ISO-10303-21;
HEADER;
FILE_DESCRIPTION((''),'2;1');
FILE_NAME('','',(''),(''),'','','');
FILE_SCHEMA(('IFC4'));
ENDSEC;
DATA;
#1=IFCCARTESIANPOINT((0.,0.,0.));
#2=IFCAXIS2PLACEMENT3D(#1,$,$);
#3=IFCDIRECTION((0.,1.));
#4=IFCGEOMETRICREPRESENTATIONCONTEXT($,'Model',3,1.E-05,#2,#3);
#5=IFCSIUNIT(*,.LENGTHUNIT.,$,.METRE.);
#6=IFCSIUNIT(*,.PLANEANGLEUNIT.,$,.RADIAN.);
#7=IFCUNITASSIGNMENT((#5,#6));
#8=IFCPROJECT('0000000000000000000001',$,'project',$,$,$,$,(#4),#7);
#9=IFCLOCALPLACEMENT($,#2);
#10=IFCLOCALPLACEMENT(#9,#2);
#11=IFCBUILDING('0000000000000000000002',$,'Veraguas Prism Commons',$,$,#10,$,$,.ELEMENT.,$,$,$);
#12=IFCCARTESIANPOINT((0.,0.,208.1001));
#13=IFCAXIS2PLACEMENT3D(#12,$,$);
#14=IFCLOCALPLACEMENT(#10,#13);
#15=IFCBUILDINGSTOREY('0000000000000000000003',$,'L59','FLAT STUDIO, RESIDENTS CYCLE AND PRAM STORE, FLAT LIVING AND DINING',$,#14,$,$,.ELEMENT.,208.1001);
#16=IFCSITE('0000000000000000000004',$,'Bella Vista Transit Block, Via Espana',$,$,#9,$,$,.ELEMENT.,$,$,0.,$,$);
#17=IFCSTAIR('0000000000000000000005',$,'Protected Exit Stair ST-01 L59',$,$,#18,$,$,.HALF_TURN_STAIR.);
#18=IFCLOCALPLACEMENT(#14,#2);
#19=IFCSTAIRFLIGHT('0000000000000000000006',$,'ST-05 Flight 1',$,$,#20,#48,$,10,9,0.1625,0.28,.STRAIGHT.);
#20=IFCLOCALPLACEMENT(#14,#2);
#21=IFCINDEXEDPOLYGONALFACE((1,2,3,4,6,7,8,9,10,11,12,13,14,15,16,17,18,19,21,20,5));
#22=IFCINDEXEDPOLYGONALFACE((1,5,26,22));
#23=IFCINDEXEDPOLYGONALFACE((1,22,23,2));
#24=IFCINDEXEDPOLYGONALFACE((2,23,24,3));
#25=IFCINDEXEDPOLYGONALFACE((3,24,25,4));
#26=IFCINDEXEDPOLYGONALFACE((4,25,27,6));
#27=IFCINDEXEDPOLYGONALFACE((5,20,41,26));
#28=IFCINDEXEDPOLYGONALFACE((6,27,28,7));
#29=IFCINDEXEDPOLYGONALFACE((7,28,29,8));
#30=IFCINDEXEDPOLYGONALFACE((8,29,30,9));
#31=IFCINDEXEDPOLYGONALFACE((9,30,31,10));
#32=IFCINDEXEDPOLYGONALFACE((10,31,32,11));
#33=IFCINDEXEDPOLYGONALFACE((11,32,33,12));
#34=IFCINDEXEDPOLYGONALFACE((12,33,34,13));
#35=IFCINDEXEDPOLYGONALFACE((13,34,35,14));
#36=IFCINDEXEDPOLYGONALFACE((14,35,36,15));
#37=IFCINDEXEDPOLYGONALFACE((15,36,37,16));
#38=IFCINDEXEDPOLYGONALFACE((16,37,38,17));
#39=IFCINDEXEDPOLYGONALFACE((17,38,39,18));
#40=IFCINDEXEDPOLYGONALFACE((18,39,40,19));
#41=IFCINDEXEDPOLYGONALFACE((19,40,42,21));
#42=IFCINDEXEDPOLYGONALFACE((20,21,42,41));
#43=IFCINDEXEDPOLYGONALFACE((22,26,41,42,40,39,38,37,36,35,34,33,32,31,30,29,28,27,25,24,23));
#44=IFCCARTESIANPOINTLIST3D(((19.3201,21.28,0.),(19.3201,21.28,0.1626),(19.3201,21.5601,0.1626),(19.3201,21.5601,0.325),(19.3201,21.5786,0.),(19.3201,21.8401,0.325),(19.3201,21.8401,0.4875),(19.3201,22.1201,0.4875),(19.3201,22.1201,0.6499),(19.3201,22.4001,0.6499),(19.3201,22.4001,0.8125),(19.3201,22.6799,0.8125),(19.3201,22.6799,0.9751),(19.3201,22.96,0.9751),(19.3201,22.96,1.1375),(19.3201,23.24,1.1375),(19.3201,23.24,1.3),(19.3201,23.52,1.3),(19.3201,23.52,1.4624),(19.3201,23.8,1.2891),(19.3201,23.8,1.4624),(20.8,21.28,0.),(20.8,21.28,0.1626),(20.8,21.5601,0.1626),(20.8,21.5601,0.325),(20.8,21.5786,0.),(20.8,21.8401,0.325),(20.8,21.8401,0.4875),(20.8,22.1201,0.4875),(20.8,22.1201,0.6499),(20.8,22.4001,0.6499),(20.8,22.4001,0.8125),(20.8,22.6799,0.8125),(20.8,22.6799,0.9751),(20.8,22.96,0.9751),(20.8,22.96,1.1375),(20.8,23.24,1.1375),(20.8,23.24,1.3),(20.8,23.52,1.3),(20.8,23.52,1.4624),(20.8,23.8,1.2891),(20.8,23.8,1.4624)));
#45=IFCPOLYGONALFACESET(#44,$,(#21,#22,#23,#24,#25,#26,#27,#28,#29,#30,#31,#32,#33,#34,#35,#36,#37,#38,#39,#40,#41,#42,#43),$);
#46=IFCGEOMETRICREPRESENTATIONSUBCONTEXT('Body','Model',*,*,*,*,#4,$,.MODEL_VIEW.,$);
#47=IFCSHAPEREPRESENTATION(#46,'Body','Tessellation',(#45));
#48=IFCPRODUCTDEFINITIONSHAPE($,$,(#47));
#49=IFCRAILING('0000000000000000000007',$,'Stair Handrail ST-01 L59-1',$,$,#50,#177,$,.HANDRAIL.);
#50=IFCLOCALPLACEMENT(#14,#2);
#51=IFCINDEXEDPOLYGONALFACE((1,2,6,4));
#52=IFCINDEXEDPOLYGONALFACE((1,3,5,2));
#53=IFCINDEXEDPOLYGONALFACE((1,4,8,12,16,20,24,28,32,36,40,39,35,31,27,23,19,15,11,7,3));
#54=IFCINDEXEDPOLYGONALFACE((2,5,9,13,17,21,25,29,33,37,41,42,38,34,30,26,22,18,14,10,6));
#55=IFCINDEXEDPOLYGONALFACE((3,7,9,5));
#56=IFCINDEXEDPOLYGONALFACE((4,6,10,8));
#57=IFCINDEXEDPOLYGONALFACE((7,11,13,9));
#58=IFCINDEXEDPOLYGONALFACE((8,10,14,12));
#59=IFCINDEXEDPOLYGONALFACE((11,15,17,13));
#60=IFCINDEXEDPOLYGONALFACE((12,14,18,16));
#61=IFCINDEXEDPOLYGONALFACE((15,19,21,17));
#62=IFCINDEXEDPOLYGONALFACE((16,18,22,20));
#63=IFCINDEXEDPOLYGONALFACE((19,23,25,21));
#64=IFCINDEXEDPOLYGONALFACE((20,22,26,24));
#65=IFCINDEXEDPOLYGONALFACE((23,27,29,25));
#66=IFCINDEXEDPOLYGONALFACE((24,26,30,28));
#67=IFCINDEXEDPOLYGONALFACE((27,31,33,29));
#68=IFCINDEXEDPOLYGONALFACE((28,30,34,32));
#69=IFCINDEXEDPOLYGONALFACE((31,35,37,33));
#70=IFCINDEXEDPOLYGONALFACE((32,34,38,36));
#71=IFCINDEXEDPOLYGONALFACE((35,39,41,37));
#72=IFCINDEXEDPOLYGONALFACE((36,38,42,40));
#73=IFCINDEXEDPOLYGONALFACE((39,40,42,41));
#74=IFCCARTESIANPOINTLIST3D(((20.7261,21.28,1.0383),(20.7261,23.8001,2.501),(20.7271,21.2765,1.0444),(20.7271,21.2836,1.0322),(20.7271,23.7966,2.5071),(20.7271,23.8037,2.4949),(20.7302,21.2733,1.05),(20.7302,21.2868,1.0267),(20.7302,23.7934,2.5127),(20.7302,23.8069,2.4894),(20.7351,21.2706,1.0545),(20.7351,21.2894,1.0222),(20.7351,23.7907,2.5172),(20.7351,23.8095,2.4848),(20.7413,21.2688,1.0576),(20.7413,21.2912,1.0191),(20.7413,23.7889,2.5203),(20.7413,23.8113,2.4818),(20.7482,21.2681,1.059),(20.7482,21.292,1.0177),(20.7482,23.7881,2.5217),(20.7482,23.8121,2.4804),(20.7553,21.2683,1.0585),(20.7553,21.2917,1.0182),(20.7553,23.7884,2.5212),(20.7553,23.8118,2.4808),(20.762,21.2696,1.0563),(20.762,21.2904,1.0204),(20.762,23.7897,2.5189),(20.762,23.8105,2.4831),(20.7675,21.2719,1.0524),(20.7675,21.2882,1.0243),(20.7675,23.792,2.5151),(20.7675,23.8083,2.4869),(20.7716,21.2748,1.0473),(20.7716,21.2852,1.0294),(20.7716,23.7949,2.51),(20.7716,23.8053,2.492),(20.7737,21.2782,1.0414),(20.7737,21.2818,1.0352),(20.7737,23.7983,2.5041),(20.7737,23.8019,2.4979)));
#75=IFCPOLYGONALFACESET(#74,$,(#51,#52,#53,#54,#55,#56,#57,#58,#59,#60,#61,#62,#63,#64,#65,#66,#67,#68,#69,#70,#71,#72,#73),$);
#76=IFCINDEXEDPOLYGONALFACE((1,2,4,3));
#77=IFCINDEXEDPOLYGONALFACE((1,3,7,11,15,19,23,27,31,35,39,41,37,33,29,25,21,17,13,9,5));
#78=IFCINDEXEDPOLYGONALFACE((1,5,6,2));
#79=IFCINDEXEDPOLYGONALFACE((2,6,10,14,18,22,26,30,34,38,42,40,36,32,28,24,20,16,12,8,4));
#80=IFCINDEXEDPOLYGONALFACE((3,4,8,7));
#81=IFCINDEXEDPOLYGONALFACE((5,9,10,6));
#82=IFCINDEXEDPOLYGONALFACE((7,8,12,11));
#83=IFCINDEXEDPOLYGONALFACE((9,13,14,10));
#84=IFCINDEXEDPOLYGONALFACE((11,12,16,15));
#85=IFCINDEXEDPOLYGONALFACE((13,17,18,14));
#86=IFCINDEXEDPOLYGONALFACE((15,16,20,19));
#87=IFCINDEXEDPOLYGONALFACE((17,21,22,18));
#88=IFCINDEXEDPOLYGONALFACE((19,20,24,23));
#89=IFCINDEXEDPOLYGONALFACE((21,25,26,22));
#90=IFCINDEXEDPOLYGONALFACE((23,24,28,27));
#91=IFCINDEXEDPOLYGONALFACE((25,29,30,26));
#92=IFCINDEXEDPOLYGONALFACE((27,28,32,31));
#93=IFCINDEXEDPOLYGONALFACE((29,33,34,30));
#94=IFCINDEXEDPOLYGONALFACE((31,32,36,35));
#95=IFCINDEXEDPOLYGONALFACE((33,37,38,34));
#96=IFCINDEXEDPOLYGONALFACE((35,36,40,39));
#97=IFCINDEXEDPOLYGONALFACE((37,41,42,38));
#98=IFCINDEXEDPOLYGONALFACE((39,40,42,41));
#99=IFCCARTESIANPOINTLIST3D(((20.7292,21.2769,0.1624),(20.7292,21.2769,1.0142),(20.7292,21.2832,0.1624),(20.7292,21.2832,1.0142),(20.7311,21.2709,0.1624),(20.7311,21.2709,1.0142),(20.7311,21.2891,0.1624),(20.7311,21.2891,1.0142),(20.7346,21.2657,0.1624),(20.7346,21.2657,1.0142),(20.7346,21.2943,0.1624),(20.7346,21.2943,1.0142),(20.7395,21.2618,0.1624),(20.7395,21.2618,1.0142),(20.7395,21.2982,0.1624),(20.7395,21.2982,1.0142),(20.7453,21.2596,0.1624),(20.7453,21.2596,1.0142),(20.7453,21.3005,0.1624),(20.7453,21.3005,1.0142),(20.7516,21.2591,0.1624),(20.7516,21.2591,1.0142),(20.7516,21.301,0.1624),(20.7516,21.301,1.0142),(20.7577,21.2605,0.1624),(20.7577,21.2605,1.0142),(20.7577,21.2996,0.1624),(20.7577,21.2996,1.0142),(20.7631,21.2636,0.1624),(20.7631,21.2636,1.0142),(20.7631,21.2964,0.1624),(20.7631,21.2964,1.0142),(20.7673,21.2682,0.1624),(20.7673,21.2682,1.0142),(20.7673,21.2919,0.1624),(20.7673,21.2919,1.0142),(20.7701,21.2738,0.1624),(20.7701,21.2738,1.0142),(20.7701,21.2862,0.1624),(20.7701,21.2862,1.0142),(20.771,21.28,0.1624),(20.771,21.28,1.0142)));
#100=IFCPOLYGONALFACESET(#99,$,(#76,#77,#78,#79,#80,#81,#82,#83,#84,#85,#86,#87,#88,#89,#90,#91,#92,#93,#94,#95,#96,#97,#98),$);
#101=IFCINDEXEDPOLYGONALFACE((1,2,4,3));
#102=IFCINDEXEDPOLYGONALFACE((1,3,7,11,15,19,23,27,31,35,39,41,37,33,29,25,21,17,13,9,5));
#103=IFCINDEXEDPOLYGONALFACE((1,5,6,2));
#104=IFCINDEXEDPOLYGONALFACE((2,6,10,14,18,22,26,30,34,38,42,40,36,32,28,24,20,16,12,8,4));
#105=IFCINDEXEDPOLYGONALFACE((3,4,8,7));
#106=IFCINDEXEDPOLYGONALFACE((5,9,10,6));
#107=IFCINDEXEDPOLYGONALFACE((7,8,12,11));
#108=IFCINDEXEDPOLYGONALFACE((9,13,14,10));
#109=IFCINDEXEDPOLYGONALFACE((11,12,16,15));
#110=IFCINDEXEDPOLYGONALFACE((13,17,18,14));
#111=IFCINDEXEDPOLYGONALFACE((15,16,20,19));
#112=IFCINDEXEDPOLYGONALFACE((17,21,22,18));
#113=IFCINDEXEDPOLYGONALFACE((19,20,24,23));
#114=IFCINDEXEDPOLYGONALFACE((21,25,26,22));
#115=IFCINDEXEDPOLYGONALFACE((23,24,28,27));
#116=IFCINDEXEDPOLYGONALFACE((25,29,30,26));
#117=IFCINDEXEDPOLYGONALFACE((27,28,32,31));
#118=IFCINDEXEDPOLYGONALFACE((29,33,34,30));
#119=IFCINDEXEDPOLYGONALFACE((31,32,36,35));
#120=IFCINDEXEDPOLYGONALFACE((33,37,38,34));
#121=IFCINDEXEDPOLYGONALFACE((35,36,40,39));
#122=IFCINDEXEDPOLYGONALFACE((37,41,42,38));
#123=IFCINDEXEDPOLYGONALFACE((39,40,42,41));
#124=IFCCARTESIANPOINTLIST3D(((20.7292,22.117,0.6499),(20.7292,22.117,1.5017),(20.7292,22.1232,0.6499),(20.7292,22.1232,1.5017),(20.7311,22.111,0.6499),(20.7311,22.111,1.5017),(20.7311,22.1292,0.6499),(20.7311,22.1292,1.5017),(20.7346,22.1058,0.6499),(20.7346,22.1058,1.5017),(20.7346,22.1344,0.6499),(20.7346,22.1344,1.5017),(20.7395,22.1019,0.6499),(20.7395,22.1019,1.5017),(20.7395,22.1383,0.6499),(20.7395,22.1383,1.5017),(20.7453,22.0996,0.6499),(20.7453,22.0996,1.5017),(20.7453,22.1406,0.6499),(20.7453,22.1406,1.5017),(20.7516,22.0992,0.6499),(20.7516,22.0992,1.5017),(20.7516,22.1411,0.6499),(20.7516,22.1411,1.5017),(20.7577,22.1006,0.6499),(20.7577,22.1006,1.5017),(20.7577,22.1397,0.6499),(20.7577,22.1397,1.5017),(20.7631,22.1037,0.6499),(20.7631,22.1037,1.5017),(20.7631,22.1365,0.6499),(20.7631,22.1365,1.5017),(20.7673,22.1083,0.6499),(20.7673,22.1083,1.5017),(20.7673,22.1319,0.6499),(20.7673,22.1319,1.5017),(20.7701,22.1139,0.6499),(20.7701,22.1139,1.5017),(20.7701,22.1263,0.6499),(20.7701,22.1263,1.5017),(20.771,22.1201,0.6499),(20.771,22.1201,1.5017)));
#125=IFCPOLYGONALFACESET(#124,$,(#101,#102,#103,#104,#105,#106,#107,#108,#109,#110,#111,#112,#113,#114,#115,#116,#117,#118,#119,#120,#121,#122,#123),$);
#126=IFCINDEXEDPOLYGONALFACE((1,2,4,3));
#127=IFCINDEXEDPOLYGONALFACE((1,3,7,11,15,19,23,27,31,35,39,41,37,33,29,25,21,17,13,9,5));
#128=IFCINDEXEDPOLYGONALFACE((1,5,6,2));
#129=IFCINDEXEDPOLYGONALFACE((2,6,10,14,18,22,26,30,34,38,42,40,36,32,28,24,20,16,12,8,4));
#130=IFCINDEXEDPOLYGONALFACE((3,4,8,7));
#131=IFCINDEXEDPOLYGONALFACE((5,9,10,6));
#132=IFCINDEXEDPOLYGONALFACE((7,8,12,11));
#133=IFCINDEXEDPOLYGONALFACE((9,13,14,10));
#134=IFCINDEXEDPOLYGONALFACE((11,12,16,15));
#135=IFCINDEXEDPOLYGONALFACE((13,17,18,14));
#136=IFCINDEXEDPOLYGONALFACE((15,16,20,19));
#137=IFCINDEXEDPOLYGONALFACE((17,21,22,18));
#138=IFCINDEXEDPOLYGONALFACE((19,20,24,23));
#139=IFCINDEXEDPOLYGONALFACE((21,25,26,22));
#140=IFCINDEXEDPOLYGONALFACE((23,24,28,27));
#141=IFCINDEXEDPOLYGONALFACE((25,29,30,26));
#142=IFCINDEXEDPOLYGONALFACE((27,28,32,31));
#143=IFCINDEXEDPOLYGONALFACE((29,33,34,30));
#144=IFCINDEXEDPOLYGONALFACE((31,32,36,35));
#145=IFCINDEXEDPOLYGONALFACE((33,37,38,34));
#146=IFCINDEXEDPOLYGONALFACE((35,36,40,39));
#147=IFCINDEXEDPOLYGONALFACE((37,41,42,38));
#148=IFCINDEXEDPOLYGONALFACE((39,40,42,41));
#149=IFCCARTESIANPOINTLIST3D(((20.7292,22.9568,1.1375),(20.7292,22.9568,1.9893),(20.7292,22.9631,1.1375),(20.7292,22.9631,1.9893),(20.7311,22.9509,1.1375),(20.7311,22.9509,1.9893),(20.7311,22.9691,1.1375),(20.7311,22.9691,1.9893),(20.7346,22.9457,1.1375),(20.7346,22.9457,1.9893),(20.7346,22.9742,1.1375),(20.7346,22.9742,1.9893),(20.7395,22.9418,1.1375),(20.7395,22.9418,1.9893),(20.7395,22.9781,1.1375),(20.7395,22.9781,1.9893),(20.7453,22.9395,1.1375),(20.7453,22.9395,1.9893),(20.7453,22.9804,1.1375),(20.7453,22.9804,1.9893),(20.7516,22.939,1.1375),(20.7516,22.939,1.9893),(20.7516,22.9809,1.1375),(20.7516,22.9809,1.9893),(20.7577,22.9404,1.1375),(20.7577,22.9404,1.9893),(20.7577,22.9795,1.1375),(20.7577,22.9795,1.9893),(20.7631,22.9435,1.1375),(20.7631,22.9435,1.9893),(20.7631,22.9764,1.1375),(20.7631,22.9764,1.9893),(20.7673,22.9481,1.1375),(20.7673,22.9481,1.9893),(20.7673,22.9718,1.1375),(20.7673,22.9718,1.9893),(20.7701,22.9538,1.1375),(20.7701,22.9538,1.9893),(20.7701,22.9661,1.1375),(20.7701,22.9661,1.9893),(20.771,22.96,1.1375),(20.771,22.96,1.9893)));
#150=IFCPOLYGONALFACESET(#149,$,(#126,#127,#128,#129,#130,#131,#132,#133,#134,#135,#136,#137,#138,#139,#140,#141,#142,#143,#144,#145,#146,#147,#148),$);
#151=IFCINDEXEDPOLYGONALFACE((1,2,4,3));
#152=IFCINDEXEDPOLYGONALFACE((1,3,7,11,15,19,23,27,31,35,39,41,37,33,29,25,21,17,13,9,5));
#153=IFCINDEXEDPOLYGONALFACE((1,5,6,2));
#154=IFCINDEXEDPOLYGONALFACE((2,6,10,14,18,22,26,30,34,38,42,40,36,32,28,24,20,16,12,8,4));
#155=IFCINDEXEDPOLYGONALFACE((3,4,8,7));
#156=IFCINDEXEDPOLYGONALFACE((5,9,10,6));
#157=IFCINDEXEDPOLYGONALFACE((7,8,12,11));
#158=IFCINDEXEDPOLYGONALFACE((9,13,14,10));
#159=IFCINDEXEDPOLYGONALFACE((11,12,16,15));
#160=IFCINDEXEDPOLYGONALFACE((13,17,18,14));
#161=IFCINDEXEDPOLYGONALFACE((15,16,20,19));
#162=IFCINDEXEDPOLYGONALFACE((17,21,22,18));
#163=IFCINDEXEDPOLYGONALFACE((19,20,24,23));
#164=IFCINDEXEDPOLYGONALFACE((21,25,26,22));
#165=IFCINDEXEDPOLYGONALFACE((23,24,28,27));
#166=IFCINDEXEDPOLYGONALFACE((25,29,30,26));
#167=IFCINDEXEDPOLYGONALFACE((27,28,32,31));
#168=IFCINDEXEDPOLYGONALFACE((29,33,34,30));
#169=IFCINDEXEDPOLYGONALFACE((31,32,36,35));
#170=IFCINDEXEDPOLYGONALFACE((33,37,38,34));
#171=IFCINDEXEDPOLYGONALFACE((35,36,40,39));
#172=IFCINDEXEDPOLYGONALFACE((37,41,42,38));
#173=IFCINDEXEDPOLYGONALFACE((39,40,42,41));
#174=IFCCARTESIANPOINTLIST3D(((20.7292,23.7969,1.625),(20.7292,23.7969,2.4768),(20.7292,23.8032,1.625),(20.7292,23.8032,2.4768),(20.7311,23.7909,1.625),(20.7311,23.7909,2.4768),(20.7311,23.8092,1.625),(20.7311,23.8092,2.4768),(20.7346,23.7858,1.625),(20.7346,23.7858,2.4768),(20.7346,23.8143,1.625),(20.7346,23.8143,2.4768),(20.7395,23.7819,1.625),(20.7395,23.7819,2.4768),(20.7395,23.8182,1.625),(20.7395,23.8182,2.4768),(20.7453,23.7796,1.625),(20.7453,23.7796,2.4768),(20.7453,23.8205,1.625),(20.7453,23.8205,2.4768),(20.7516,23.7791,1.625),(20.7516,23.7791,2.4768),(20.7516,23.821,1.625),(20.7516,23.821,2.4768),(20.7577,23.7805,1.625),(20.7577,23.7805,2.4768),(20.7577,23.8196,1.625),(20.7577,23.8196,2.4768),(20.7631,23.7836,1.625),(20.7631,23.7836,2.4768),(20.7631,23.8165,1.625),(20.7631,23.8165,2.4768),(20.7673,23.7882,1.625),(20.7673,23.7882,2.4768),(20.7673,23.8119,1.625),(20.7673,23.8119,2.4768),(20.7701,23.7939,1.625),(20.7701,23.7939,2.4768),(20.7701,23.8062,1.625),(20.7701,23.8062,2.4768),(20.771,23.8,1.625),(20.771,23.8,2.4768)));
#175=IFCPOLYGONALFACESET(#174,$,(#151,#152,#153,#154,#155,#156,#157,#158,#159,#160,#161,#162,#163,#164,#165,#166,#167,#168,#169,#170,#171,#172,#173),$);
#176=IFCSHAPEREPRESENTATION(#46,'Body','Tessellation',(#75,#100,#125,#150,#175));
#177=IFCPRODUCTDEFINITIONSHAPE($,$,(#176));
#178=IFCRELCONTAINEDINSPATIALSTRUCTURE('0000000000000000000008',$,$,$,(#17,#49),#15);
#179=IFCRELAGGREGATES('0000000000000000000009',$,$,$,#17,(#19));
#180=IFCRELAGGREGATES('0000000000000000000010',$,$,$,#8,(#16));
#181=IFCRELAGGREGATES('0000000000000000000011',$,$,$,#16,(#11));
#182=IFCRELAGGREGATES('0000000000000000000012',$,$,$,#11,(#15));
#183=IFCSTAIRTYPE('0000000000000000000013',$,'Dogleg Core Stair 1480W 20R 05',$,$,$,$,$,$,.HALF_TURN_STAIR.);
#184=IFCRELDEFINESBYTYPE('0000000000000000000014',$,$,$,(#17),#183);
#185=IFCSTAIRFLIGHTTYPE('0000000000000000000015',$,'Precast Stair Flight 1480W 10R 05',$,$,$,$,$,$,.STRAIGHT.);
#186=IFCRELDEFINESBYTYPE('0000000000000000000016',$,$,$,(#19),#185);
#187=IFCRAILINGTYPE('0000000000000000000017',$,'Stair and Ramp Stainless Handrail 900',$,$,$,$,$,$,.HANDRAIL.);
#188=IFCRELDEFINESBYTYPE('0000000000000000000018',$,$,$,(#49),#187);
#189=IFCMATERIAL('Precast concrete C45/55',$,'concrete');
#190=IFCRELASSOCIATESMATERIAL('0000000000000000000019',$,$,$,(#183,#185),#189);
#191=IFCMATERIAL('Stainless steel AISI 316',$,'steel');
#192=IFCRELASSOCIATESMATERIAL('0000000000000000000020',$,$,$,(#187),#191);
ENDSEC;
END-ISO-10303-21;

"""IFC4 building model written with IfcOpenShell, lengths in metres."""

from ifc_helpers import new_model, si_unit, direction, frame, origin, origin_2d, place, context, subcontext, project, spatial, polyline, circle, outline, extrude, material, type_object, element, aggregate, save


model = new_model("IFC4")

# Units and contexts
model_context = context("Model", 3, precision=1e-05, world=origin(), true_north=direction((0.0, 1.0)))
body_context = subcontext(model_context, "Body", "Model", "MODEL_VIEW")
ifc_project = project(units=[si_unit("LENGTHUNIT", "METRE"), si_unit("PLANEANGLEUNIT", "RADIAN")], contexts=[model_context])

# Site, building, storey
site_placement = place(None, origin())
site = spatial("IfcSite", under=ifc_project, at=site_placement, Name="Bella Vista Transit Block, Via Espana", CompositionType="ELEMENT", RefElevation=0.0)
building_placement = place(site_placement, origin())
building = spatial("IfcBuilding", under=site, at=building_placement, Name="Veraguas Prism Commons", CompositionType="ELEMENT")
storey_placement = place(building_placement, frame((0.0, 0.0, 208.1001)))
storey = spatial("IfcBuildingStorey", under=building, at=storey_placement, Name="L59", Description="FLAT STUDIO, RESIDENTS CYCLE AND PRAM STORE, FLAT LIVING AND DINING", CompositionType="ELEMENT", Elevation=208.1001)

# Stair, stair flight
ifc_material_1 = material(Name="Precast concrete C45/55", Category="concrete")
stair_type = type_object("IfcStairType", Name="Dogleg Core Stair 1480W 20R 05", PredefinedType="HALF_TURN_STAIR", material=ifc_material_1)
stair_placement = place(storey_placement, origin())
stair = element("IfcStair", 1, at=stair_placement, inside=storey, type_object=stair_type, Name="Protected Exit Stair ST-01 L59", PredefinedType="HALF_TURN_STAIR")
stair_flight_type = type_object("IfcStairFlightType", Name="Precast Stair Flight 1480W 10R 05", PredefinedType="STRAIGHT", material=ifc_material_1)
stair_flight_placement = place(storey_placement, frame((20.0601, 21.28, 0.0), z_axis=(0.0, 0.0, 1.0), x_axis=(0.0, 1.0, 0.0)))
stair_flight = element("IfcStairFlight", 2, at=stair_flight_placement, type_object=stair_flight_type, Name="ST-05 Flight 1", NumberOfRisers=10, NumberOfTreads=9, PredefinedType="STRAIGHT", RiserHeight=0.1625, TreadLength=0.28, context=body_context, shape_type="SweptSolid", body=[
    extrude(outline(polyline([(0.0, 0.0), (0.0, 0.1626), (0.28, 0.1626), (0.28, 0.325), (0.5601, 0.325), (0.5601, 0.4875), (0.8401, 0.4875), (0.8401, 0.6499), (1.1201, 0.6499), (1.1201, 0.8125), (1.3999, 0.8125), (1.3999, 0.9751), (1.6799, 0.9751), (1.6799, 1.1375), (1.96, 1.1375), (1.96, 1.3), (2.24, 1.3), (2.24, 1.4624), (2.52, 1.4624), (2.52, 1.625), (2.52, 1.2891), (0.2986, 0.0), (0.0, 0.0)])), frame((0.0, 0.74, 0.0), z_axis=(0.0, -1.0, 0.0), x_axis=(1.0, 0.0, 0.0)), (0.0, 0.0, 1.0), 1.48),
])
aggregate(stair, [stair_flight])

# Railing
ifc_material_2 = material(Name="Stainless steel AISI 316", Category="steel")
railing_type_1 = type_object("IfcRailingType", Name="Stair and Ramp Stainless Handrail 900", PredefinedType="HANDRAIL", material=ifc_material_2)
railing_1_placement = place(storey_placement, frame((20.75, 21.28, 0.1624)))
element("IfcRailing", 3, at=railing_1_placement, inside=storey, type_object=railing_type_1, Name="Stair Handrail ST-01 L59-1", PredefinedType="HANDRAIL", context=body_context, shape_type="SweptSolid", body=[
    extrude(circle(Radius=0.0239, at=origin_2d()), frame((0.0, 0.0, 0.876), z_axis=(0.0, 0.864877, 0.501984), x_axis=(-1.0, 0.0, 0.0)), (0.0, 0.0, 1.0), 2.9138),
    extrude(circle(Radius=0.021, at=origin_2d()), origin(), (0.0, 0.0, 1.0), 0.8518),
    extrude(circle(Radius=0.021, at=origin_2d()), frame((0.0, 0.8401, 0.4875)), (0.0, 0.0, 1.0), 0.8518),
    extrude(circle(Radius=0.021, at=origin_2d()), frame((0.0, 1.6799, 0.9751)), (0.0, 0.0, 1.0), 0.8518),
    extrude(circle(Radius=0.021, at=origin_2d()), frame((0.0, 2.52, 1.4626)), (0.0, 0.0, 1.0), 0.8518),
])

save(model, "model.ifc")
